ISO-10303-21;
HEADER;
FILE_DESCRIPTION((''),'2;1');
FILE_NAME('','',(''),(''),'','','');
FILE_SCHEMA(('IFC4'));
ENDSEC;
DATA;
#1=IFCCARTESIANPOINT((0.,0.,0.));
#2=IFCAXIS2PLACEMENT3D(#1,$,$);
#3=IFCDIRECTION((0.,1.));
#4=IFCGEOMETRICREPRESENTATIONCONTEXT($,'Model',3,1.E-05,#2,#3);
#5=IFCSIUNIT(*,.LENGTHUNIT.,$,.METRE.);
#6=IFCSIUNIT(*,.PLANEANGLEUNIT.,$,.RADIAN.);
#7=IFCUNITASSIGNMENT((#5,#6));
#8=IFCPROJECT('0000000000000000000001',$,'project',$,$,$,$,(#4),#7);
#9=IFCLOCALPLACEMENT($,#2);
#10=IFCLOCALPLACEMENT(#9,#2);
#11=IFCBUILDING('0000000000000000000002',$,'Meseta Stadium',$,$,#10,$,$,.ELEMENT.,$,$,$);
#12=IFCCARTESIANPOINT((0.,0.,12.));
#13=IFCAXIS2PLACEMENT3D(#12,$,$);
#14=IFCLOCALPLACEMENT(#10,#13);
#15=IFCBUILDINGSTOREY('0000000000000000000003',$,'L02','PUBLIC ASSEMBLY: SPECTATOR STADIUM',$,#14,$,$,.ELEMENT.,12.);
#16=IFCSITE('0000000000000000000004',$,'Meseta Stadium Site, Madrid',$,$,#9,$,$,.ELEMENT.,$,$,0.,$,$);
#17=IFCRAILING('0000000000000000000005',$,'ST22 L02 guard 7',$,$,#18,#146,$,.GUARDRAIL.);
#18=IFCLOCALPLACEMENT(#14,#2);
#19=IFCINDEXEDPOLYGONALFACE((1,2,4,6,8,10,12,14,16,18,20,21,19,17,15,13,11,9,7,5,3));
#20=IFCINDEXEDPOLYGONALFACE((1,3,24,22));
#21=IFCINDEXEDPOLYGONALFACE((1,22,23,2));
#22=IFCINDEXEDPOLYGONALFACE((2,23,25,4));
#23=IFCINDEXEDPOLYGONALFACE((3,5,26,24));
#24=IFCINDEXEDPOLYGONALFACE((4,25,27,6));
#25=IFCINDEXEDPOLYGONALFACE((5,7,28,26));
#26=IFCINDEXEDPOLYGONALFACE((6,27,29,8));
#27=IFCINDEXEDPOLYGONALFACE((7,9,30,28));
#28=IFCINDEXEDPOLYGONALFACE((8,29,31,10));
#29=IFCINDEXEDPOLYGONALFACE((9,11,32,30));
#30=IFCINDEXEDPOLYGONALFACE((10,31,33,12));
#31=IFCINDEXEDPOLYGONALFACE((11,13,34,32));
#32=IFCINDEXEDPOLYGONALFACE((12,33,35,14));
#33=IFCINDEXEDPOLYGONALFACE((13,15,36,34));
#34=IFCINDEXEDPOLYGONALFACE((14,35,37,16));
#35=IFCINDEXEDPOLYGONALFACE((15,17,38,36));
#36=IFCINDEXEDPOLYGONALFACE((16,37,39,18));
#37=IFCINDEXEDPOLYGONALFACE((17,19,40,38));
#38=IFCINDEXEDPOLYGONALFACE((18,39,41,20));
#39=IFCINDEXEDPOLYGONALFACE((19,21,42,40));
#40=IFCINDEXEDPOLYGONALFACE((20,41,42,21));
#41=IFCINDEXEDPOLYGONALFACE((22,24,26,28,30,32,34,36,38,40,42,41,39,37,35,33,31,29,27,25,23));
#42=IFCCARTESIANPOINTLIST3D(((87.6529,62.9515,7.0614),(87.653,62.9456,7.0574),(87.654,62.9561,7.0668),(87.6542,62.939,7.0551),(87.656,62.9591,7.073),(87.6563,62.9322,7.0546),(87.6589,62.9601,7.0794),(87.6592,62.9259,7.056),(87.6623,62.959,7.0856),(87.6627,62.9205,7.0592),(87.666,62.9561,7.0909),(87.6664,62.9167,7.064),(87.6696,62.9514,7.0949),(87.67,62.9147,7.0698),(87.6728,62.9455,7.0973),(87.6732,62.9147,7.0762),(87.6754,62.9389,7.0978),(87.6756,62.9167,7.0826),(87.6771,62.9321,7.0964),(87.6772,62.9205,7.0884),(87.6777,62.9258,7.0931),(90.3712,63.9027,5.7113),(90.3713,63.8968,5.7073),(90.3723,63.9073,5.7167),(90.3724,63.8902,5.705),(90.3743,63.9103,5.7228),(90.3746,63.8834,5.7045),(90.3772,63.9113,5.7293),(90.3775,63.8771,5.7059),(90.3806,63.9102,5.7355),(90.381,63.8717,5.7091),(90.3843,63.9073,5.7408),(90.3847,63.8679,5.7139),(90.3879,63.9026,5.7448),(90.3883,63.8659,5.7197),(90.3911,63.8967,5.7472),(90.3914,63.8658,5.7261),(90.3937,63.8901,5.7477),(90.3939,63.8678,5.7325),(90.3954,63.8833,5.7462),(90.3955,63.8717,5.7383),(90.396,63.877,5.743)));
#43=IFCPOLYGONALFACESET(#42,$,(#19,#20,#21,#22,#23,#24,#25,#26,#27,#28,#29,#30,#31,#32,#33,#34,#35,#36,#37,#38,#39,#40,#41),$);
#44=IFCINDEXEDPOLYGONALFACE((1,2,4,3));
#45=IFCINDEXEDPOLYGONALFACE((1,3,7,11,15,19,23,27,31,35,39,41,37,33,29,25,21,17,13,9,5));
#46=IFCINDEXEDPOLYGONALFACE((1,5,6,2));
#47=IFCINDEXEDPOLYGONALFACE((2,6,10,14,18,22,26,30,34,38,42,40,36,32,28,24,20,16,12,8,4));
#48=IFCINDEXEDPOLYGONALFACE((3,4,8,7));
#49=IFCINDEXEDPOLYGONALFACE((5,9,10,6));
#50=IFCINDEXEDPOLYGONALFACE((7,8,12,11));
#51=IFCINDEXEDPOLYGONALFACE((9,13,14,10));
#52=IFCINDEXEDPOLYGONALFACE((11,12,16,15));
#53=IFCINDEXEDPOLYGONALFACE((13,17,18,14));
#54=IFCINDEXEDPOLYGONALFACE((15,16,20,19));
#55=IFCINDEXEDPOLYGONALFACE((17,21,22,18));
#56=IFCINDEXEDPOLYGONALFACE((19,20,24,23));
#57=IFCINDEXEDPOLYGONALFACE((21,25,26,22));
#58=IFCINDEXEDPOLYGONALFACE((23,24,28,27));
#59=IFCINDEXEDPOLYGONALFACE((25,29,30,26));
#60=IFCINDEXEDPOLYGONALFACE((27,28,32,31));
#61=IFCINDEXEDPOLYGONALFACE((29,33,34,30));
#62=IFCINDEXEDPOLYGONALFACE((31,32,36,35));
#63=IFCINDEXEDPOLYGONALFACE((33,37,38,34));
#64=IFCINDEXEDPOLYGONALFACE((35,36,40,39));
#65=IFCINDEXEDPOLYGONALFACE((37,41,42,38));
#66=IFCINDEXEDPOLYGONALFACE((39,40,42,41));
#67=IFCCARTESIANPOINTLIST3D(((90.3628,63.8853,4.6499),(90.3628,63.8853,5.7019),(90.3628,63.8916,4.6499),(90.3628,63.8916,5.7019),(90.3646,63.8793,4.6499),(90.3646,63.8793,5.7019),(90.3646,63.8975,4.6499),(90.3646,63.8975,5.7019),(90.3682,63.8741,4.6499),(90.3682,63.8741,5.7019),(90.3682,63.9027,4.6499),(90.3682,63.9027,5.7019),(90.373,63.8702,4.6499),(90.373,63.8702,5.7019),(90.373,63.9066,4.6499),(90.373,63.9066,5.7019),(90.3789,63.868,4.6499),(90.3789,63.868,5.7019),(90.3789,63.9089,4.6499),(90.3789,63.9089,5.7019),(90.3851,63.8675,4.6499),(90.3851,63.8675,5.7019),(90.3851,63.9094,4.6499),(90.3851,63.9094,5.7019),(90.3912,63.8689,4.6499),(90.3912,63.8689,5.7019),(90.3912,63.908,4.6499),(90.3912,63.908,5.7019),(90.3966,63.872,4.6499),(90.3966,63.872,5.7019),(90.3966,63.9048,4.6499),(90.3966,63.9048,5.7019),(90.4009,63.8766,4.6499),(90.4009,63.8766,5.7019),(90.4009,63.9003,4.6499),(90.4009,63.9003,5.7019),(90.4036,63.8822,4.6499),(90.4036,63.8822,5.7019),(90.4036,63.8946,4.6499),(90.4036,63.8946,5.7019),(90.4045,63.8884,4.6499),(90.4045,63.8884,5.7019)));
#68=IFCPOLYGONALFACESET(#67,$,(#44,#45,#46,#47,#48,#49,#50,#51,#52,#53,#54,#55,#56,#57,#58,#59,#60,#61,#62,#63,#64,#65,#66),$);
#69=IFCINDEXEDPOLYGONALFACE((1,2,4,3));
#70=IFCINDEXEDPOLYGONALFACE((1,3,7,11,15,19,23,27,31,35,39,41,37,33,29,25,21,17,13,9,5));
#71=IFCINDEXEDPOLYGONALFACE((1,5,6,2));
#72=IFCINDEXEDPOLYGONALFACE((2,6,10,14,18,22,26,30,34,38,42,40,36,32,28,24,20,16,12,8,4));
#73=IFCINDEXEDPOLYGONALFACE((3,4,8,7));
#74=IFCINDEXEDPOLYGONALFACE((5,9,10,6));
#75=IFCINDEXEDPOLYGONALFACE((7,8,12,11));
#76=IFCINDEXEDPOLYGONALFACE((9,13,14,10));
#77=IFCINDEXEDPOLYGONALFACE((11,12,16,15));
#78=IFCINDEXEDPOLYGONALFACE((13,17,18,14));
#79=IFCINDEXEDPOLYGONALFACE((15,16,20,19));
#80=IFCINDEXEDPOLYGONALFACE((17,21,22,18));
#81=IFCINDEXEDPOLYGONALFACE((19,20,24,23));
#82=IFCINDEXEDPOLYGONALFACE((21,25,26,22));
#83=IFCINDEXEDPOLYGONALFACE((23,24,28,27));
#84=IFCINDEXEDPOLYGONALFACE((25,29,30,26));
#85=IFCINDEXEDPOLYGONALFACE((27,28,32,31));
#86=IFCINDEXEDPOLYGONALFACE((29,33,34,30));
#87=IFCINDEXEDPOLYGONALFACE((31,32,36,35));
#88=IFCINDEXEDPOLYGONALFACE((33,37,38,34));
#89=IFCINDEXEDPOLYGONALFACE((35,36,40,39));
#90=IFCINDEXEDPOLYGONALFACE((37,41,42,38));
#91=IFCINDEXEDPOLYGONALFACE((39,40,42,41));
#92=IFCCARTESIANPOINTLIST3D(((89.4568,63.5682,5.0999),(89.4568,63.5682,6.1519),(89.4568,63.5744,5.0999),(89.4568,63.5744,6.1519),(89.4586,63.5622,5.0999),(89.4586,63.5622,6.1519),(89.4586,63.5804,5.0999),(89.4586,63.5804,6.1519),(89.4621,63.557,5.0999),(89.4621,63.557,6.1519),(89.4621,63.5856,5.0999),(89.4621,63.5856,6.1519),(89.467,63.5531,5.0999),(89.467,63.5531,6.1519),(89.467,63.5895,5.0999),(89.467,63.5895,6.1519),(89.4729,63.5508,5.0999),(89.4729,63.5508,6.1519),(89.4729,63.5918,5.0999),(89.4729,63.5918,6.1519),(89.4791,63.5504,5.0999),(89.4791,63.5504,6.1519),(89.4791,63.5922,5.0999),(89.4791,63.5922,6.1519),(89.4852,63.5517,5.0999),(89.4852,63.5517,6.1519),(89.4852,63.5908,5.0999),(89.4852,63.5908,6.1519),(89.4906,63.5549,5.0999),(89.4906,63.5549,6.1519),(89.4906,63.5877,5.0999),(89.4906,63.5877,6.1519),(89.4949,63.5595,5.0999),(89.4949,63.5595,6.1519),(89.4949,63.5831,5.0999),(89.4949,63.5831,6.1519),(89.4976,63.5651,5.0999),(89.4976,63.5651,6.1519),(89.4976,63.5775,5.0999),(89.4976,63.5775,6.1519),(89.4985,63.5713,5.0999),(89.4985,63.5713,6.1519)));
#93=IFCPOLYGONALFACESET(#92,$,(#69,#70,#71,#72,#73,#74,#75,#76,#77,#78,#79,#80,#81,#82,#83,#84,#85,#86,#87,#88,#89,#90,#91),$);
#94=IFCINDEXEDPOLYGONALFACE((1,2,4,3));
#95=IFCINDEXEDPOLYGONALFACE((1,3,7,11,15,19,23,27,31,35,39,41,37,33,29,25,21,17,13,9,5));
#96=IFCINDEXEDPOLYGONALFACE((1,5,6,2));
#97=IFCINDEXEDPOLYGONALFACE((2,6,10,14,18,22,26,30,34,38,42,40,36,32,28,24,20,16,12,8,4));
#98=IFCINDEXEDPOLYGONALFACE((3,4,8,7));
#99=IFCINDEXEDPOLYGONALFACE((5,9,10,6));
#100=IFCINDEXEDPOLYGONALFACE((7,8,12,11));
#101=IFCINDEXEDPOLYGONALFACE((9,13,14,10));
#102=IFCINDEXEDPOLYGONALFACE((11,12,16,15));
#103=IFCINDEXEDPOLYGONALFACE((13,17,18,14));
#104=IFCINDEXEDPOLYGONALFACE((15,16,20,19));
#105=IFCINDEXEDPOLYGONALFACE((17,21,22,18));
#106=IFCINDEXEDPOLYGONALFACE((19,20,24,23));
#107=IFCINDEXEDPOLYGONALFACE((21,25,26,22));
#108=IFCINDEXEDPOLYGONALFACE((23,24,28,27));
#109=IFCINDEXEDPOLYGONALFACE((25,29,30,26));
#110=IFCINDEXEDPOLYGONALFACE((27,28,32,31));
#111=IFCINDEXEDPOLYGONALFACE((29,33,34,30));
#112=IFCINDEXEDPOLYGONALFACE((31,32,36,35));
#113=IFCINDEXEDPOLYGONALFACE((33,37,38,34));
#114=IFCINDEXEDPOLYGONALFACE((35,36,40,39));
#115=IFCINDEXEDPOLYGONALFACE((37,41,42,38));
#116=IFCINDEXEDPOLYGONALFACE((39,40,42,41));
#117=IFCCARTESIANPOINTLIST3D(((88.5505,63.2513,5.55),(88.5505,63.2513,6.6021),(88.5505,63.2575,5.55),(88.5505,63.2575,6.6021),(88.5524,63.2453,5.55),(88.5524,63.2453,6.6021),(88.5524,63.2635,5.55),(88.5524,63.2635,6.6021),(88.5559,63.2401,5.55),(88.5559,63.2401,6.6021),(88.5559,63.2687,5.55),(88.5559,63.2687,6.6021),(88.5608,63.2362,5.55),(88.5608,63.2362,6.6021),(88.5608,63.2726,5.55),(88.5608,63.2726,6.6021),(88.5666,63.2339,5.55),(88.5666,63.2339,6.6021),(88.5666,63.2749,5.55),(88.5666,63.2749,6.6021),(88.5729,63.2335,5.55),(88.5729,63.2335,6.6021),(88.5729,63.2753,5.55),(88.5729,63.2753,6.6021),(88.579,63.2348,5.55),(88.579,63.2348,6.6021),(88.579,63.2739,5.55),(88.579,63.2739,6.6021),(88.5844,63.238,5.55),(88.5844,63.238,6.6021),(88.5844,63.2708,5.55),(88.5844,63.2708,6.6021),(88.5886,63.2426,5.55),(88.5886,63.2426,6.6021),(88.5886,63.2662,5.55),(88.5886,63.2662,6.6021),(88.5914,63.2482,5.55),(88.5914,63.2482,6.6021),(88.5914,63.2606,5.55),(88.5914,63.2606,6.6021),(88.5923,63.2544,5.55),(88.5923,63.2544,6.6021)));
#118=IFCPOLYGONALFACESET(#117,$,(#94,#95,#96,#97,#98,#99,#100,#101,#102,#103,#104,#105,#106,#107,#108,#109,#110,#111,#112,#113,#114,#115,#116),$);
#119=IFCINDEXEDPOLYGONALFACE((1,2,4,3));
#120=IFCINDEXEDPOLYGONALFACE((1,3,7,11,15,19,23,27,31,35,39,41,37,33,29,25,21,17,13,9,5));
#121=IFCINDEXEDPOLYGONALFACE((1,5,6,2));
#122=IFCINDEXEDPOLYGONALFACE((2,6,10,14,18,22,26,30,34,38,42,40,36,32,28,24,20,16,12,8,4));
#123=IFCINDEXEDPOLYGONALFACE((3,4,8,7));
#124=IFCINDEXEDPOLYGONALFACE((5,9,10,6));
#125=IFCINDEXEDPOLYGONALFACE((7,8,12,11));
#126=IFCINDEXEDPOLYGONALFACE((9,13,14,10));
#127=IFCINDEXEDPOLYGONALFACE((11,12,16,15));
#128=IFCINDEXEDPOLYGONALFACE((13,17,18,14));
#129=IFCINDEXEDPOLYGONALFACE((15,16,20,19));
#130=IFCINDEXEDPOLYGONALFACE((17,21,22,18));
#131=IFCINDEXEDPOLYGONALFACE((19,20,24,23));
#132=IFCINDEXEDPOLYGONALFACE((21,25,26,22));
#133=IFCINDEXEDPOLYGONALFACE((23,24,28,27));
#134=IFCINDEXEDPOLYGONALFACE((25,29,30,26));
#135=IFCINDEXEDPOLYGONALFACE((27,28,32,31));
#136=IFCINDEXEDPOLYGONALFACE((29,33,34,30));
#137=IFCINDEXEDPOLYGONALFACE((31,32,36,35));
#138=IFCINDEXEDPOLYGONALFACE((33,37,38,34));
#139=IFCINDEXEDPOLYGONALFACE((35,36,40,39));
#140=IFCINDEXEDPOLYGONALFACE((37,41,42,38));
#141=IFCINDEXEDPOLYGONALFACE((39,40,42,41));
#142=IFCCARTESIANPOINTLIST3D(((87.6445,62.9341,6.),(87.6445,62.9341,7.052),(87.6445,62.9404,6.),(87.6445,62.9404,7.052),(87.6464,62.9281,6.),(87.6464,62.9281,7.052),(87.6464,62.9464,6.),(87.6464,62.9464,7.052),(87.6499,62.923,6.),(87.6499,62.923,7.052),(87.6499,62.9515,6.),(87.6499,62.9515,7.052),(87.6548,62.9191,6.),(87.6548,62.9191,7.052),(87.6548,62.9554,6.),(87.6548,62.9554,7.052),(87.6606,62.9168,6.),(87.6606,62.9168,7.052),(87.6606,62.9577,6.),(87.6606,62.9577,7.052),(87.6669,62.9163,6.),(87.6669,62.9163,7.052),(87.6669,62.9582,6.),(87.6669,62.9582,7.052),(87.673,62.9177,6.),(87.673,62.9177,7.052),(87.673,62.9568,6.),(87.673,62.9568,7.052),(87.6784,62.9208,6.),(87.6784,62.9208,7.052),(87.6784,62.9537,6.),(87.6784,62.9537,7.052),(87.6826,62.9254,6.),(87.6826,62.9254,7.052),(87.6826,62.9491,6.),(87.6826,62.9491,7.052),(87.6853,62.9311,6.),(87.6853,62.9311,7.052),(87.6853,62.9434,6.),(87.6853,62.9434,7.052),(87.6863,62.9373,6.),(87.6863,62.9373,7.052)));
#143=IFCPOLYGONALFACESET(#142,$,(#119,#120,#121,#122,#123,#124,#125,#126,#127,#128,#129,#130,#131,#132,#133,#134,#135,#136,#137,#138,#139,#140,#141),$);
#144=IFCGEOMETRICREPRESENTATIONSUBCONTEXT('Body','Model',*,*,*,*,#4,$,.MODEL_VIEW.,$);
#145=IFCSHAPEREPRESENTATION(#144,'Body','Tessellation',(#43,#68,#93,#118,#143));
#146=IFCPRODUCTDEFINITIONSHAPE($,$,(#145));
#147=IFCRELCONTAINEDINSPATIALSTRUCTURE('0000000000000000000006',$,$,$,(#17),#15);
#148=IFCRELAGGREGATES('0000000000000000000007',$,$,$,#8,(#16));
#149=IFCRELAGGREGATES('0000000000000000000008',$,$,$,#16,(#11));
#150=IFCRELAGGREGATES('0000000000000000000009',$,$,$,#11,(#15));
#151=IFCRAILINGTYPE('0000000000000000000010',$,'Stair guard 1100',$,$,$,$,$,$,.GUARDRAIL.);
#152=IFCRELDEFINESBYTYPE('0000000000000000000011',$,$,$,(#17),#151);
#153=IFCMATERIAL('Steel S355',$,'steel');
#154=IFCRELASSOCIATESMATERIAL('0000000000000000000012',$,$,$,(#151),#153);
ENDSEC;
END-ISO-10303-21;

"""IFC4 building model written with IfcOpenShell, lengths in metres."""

from ifc_helpers import new_model, si_unit, direction, frame, origin, origin_2d, place, context, subcontext, project, spatial, circle, extrude, material, type_object, element, save


model = new_model("IFC4")

# Units and contexts
model_context = context("Model", 3, precision=1e-05, world=origin(), true_north=direction((0.0, 1.0)))
body_context = subcontext(model_context, "Body", "Model", "MODEL_VIEW")
ifc_project = project(units=[si_unit("LENGTHUNIT", "METRE"), si_unit("PLANEANGLEUNIT", "RADIAN")], contexts=[model_context])

# Site, building, storey
site_placement = place(None, origin())
site = spatial("IfcSite", under=ifc_project, at=site_placement, Name="Meseta Stadium Site, Madrid", CompositionType="ELEMENT", RefElevation=0.0)
building_placement = place(site_placement, origin())
building = spatial("IfcBuilding", under=site, at=building_placement, Name="Meseta Stadium", CompositionType="ELEMENT")
storey_placement = place(building_placement, frame((0.0, 0.0, 12.0)))
storey = spatial("IfcBuildingStorey", under=building, at=storey_placement, Name="L02", Description="PUBLIC ASSEMBLY: SPECTATOR STADIUM", CompositionType="ELEMENT", Elevation=12.0)

# Railing
ifc_material_1 = material(Name="Steel S355", Category="steel")
railing_type_1 = type_object("IfcRailingType", Name="Stair guard 1100", PredefinedType="GUARDRAIL", material=ifc_material_1)
railing_1_placement = place(storey_placement, frame((90.3835, 63.8884, 4.6499)))
element("IfcRailing", 1, at=railing_1_placement, inside=storey, type_object=railing_type_1, Name="ST22 L02 guard 7", PredefinedType="GUARDRAIL", context=body_context, shape_type="SweptSolid", body=[
    extrude(circle(Radius=0.0239, at=origin_2d()), frame((0.0, 0.0, 1.0762), z_axis=(-0.854629, -0.299051, 0.424474), x_axis=(0.330282, -0.943882, 0.0)), (0.0, 0.0, 1.0), 3.1807),
    extrude(circle(Radius=0.021, at=origin_2d()), origin(), (0.0, 0.0, 1.0), 1.052),
    extrude(circle(Radius=0.021, at=origin_2d()), frame((-0.906, -0.3171, 0.45)), (0.0, 0.0, 1.0), 1.052),
    extrude(circle(Radius=0.021, at=origin_2d()), frame((-1.8123, -0.634, 0.9001)), (0.0, 0.0, 1.0), 1.052),
    extrude(circle(Radius=0.021, at=origin_2d()), frame((-2.7183, -0.9512, 1.3501)), (0.0, 0.0, 1.0), 1.052),
])

save(model, "model.ifc")
